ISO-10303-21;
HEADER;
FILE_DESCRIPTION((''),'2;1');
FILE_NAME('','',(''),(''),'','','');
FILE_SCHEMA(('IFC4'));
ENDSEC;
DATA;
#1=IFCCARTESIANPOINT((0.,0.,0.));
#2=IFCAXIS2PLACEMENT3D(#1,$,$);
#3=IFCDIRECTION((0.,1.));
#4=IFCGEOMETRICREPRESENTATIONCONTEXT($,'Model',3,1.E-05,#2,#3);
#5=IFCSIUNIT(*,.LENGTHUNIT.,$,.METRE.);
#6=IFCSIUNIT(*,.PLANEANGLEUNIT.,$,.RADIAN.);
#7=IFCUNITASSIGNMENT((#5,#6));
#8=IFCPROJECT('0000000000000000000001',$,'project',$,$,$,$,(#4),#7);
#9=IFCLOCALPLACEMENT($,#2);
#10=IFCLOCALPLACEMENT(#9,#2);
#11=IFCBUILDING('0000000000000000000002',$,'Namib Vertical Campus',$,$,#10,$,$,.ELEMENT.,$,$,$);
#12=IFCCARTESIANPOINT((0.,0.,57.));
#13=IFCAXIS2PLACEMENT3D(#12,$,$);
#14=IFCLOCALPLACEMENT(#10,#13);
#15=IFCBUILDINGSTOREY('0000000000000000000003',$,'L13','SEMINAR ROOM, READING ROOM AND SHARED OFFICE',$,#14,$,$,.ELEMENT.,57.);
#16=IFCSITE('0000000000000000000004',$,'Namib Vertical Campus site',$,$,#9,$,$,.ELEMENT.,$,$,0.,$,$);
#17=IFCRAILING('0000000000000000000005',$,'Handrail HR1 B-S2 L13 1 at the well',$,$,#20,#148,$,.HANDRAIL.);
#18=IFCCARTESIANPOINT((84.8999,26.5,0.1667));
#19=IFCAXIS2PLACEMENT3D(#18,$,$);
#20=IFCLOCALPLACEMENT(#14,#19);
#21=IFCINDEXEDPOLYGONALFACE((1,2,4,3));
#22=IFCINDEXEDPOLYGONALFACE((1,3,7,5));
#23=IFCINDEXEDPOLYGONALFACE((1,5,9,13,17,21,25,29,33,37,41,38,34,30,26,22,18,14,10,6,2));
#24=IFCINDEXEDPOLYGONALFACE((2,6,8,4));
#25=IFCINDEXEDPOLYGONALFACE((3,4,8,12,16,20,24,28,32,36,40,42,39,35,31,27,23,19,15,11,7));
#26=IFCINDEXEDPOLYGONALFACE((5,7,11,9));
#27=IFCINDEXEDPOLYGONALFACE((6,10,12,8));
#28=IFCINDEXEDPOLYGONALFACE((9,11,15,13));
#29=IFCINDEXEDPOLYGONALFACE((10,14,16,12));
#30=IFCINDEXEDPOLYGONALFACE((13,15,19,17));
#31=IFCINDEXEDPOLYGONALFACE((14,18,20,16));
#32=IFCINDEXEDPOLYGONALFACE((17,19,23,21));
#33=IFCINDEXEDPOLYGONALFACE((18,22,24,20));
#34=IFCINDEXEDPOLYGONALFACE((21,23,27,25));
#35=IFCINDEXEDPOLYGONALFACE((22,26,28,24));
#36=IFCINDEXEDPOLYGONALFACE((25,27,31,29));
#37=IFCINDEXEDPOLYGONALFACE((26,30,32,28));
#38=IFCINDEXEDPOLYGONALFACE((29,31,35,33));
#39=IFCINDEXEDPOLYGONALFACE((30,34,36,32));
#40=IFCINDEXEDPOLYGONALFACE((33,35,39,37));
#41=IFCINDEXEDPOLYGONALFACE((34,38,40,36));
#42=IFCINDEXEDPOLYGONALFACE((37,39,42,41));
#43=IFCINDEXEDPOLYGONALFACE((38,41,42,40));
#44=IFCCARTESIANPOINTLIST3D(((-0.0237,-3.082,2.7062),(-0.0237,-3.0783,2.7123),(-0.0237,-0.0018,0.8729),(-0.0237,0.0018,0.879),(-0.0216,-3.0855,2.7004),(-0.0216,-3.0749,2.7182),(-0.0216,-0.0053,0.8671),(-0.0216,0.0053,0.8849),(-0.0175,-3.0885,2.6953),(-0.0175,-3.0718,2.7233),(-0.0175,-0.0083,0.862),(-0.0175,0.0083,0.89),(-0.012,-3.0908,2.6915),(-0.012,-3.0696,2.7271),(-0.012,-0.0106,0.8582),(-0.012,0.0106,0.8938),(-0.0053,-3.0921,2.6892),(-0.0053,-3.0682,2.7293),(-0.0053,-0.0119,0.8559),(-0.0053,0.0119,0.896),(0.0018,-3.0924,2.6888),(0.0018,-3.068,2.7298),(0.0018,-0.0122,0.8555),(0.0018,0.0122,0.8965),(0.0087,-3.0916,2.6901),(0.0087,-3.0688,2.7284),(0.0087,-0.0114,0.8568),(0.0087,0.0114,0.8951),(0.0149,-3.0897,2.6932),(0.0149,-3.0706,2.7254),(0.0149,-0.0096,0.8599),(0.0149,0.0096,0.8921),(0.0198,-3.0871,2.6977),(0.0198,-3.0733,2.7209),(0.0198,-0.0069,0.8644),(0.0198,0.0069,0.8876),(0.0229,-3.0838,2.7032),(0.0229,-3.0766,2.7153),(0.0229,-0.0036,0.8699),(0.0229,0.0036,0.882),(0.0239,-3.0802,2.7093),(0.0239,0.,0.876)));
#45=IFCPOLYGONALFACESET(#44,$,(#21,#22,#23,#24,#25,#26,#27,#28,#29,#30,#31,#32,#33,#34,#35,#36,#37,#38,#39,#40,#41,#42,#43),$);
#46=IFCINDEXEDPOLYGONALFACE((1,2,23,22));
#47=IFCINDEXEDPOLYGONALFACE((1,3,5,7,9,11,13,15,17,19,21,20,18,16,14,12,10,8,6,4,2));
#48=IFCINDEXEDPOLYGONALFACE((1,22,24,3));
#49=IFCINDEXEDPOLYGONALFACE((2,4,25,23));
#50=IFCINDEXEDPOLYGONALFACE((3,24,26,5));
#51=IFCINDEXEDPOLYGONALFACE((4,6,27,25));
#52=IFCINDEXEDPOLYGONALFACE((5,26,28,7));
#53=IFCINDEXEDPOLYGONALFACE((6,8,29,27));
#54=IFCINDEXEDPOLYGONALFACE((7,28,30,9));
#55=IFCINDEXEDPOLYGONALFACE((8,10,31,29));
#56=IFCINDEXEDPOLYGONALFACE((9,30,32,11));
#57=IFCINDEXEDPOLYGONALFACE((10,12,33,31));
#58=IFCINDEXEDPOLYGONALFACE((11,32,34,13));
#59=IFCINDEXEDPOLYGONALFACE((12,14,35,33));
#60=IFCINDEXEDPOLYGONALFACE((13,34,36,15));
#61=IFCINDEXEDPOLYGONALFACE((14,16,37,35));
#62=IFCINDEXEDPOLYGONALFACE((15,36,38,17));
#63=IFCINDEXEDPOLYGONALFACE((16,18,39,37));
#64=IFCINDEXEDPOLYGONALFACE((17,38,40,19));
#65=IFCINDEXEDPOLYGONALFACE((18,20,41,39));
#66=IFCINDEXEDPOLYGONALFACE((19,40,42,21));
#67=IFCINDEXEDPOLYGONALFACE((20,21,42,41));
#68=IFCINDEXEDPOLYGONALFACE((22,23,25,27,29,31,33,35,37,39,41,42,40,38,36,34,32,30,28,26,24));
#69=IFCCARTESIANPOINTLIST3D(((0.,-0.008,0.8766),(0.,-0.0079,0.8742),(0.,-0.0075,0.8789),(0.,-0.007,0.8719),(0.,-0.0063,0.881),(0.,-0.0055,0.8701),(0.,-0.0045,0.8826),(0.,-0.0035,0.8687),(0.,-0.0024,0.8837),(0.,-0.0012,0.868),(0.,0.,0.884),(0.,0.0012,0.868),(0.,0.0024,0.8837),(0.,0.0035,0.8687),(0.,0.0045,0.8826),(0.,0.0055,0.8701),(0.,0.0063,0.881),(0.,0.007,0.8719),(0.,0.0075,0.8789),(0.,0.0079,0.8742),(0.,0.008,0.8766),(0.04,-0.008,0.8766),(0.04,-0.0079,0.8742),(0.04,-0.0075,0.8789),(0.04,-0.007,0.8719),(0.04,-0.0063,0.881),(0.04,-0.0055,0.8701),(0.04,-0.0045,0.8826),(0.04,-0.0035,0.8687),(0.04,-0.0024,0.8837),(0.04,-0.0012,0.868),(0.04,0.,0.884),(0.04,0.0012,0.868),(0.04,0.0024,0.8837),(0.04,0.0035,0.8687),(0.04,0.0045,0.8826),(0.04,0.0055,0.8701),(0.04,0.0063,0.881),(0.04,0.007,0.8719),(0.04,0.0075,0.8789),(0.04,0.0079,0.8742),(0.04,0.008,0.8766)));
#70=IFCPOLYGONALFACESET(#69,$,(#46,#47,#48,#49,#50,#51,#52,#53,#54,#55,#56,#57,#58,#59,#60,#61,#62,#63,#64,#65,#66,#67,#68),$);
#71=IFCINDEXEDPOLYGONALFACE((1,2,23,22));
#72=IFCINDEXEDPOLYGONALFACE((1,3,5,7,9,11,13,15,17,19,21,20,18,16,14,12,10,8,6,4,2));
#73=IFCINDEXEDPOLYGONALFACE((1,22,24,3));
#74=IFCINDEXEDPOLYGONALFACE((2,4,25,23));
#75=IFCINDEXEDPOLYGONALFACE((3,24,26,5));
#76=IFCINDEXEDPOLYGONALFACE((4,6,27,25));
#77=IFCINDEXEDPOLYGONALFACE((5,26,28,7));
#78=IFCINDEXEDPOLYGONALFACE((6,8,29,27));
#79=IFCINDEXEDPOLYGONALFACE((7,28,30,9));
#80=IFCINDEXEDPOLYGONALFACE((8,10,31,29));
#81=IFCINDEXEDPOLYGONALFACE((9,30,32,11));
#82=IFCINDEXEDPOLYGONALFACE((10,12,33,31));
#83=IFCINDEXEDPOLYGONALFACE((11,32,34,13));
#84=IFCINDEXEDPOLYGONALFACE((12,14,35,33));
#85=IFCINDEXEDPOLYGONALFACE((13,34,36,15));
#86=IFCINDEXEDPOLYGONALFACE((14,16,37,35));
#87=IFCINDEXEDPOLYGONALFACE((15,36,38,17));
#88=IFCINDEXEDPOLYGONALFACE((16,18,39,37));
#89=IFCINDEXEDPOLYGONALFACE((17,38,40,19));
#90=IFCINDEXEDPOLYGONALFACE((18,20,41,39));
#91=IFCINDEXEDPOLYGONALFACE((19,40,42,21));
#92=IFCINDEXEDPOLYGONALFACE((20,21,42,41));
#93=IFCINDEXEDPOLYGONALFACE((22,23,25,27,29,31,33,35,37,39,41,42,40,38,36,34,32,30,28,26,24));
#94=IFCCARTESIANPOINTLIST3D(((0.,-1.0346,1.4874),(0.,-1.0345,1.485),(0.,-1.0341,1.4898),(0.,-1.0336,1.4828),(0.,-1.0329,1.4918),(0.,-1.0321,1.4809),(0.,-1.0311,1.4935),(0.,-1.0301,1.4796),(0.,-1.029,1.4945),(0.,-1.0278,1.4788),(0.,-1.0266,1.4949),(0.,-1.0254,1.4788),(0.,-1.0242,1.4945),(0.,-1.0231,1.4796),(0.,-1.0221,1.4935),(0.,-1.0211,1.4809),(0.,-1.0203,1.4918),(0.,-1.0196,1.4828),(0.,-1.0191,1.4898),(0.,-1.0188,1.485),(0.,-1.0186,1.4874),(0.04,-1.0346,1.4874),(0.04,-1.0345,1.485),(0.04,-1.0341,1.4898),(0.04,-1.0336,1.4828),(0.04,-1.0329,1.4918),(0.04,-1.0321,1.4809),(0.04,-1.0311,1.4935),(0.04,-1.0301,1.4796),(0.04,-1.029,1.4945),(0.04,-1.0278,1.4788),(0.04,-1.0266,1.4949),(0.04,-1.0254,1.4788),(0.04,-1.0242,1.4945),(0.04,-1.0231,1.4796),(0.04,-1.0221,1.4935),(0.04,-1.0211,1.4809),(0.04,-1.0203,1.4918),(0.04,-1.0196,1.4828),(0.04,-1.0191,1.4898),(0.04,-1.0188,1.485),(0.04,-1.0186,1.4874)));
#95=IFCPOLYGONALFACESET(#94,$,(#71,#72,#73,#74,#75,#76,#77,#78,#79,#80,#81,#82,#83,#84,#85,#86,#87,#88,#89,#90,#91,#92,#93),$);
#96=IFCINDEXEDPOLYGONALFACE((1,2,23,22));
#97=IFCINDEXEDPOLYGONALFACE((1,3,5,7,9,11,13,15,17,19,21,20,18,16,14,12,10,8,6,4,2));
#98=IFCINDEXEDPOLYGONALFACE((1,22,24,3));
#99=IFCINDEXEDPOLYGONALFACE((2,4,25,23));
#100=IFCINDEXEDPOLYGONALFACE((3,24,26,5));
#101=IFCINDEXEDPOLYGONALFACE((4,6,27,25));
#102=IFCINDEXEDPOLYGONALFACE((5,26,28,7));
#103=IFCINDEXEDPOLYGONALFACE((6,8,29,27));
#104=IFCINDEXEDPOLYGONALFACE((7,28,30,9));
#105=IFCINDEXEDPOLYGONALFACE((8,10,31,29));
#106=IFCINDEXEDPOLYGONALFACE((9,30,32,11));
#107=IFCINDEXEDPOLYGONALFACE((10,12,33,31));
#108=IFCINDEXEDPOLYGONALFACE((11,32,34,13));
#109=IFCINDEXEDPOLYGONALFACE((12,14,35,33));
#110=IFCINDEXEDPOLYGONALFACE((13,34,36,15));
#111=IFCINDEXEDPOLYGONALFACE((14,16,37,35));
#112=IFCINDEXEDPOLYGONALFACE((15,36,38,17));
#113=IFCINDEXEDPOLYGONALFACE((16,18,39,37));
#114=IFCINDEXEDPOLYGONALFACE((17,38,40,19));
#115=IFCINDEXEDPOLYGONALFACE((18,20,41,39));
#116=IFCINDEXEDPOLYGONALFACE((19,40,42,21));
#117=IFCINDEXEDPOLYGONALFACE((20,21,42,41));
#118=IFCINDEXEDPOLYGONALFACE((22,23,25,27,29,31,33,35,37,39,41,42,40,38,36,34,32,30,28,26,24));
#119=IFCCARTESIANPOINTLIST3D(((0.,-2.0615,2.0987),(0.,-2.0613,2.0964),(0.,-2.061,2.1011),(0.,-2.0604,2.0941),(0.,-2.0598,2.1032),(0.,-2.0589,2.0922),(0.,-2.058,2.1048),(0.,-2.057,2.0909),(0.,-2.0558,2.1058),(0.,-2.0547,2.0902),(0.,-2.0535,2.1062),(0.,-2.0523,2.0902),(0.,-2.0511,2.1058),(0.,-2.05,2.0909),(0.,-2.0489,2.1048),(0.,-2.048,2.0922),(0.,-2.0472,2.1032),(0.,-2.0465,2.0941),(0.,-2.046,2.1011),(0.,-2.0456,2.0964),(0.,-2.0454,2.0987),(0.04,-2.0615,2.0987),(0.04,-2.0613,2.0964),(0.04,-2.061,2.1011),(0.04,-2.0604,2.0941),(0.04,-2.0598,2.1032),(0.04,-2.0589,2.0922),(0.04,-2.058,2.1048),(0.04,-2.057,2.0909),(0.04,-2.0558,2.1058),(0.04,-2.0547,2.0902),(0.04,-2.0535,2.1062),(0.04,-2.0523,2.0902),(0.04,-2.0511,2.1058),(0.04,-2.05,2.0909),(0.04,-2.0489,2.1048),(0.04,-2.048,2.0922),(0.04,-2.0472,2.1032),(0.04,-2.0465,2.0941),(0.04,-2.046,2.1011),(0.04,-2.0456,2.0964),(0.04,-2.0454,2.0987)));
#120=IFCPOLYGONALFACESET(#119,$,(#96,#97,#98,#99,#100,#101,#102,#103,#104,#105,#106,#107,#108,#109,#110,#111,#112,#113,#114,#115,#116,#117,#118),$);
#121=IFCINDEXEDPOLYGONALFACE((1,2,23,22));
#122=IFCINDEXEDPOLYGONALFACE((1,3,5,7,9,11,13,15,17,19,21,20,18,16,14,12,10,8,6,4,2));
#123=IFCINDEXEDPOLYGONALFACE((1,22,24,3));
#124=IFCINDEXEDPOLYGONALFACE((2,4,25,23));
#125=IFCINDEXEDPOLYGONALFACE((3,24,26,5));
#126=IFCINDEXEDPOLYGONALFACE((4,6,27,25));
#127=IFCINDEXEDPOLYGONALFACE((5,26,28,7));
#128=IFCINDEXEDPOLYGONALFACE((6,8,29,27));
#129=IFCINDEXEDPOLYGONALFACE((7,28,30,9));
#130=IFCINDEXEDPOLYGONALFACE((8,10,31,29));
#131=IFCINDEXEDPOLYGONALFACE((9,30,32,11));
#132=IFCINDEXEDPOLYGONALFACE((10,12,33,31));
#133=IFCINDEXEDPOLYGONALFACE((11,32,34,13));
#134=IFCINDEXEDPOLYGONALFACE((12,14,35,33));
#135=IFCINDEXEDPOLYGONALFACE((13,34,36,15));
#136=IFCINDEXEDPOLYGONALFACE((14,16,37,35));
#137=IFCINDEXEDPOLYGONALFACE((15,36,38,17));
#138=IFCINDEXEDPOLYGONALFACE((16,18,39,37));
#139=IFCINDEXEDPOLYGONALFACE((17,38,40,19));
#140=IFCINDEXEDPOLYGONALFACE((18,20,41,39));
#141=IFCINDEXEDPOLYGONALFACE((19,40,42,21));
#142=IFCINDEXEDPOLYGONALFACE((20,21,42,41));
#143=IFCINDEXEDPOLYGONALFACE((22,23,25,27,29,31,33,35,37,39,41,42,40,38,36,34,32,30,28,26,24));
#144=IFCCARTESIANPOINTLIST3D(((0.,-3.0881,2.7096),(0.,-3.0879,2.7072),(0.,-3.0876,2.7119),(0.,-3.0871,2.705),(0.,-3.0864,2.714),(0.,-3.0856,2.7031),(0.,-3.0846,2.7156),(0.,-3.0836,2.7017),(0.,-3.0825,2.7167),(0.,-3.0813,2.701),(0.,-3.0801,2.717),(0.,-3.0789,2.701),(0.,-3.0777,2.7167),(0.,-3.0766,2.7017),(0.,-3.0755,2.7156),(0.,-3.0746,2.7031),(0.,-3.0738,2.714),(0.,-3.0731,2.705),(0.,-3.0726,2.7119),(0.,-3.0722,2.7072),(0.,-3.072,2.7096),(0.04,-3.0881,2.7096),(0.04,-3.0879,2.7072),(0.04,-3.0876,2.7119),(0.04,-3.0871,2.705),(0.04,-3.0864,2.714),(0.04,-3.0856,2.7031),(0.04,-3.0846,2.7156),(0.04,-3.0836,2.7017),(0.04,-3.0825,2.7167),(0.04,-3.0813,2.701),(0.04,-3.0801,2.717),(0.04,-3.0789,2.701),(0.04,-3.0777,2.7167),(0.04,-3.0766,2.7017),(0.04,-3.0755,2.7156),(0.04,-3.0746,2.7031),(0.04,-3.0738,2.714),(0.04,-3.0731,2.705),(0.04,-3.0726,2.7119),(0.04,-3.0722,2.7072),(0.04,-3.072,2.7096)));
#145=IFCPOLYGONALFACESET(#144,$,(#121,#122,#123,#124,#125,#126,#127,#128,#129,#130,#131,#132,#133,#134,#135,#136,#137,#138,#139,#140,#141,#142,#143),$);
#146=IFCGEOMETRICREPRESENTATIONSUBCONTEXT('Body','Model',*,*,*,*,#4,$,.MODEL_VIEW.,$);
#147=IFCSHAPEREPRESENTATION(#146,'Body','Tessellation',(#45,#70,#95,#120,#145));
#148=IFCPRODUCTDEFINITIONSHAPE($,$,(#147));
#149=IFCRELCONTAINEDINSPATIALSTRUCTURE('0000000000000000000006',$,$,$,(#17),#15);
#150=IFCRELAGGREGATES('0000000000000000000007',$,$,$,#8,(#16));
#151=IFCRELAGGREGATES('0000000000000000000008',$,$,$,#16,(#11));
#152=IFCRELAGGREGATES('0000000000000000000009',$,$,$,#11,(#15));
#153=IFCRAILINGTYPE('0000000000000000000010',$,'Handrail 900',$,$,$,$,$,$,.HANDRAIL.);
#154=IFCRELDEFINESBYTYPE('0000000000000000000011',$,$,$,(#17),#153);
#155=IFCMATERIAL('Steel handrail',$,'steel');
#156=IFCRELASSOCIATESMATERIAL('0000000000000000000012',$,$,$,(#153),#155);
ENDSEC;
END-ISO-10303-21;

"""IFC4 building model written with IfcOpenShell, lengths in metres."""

from ifc_helpers import new_model, si_unit, direction, frame, origin, origin_2d, place, context, subcontext, project, spatial, circle, extrude, material, type_object, element, save


model = new_model("IFC4")

# Units and contexts
model_context = context("Model", 3, precision=1e-05, world=origin(), true_north=direction((0.0, 1.0)))
body_context = subcontext(model_context, "Body", "Model", "MODEL_VIEW")
ifc_project = project(units=[si_unit("LENGTHUNIT", "METRE"), si_unit("PLANEANGLEUNIT", "RADIAN")], contexts=[model_context])

# Site, building, storey
site_placement = place(None, origin())
site = spatial("IfcSite", under=ifc_project, at=site_placement, Name="Namib Vertical Campus site", CompositionType="ELEMENT", RefElevation=0.0)
building_placement = place(site_placement, origin())
building = spatial("IfcBuilding", under=site, at=building_placement, Name="Namib Vertical Campus", CompositionType="ELEMENT")
storey_placement = place(building_placement, frame((0.0, 0.0, 57.0)))
storey = spatial("IfcBuildingStorey", under=building, at=storey_placement, Name="L13", Description="SEMINAR ROOM, READING ROOM AND SHARED OFFICE", CompositionType="ELEMENT", Elevation=57.0)

# Railing
ifc_material_1 = material(Name="Steel handrail", Category="steel")
railing_type_1 = type_object("IfcRailingType", Name="Handrail 900", PredefinedType="HANDRAIL", material=ifc_material_1)
railing_1_placement = place(storey_placement, frame((84.8999, 26.5, 0.1667)))
element("IfcRailing", 1, at=railing_1_placement, inside=storey, type_object=railing_type_1, Name="Handrail HR1 B-S2 L13 1 at the well", PredefinedType="HANDRAIL", context=body_context, shape_type="SweptSolid", body=[
    extrude(circle(Radius=0.0239, at=origin_2d()), frame((0.0, 0.0, 0.876), z_axis=(0.0, -0.859309, 0.511458), x_axis=(1.0, 0.0, 0.0)), (0.0, 0.0, 1.0), 3.5845),
    extrude(circle(Radius=0.0081, at=origin_2d()), frame((0.0, 0.0, 0.876), z_axis=(1.0, 0.0, 0.0), x_axis=(0.0, 0.0, 1.0)), (0.0, 0.0, 1.0), 0.04),
    extrude(circle(Radius=0.0081, at=origin_2d()), frame((0.0, -1.0266, 1.4868), z_axis=(1.0, 0.0, 0.0), x_axis=(0.0, 0.0, 1.0)), (0.0, 0.0, 1.0), 0.04),
    extrude(circle(Radius=0.0081, at=origin_2d()), frame((0.0, -2.0535, 2.0981), z_axis=(1.0, 0.0, 0.0), x_axis=(0.0, 0.0, 1.0)), (0.0, 0.0, 1.0), 0.04),
    extrude(circle(Radius=0.0081, at=origin_2d()), frame((0.0, -3.0801, 2.709), z_axis=(1.0, 0.0, 0.0), x_axis=(0.0, 0.0, 1.0)), (0.0, 0.0, 1.0), 0.04),
])

save(model, "model.ifc")
